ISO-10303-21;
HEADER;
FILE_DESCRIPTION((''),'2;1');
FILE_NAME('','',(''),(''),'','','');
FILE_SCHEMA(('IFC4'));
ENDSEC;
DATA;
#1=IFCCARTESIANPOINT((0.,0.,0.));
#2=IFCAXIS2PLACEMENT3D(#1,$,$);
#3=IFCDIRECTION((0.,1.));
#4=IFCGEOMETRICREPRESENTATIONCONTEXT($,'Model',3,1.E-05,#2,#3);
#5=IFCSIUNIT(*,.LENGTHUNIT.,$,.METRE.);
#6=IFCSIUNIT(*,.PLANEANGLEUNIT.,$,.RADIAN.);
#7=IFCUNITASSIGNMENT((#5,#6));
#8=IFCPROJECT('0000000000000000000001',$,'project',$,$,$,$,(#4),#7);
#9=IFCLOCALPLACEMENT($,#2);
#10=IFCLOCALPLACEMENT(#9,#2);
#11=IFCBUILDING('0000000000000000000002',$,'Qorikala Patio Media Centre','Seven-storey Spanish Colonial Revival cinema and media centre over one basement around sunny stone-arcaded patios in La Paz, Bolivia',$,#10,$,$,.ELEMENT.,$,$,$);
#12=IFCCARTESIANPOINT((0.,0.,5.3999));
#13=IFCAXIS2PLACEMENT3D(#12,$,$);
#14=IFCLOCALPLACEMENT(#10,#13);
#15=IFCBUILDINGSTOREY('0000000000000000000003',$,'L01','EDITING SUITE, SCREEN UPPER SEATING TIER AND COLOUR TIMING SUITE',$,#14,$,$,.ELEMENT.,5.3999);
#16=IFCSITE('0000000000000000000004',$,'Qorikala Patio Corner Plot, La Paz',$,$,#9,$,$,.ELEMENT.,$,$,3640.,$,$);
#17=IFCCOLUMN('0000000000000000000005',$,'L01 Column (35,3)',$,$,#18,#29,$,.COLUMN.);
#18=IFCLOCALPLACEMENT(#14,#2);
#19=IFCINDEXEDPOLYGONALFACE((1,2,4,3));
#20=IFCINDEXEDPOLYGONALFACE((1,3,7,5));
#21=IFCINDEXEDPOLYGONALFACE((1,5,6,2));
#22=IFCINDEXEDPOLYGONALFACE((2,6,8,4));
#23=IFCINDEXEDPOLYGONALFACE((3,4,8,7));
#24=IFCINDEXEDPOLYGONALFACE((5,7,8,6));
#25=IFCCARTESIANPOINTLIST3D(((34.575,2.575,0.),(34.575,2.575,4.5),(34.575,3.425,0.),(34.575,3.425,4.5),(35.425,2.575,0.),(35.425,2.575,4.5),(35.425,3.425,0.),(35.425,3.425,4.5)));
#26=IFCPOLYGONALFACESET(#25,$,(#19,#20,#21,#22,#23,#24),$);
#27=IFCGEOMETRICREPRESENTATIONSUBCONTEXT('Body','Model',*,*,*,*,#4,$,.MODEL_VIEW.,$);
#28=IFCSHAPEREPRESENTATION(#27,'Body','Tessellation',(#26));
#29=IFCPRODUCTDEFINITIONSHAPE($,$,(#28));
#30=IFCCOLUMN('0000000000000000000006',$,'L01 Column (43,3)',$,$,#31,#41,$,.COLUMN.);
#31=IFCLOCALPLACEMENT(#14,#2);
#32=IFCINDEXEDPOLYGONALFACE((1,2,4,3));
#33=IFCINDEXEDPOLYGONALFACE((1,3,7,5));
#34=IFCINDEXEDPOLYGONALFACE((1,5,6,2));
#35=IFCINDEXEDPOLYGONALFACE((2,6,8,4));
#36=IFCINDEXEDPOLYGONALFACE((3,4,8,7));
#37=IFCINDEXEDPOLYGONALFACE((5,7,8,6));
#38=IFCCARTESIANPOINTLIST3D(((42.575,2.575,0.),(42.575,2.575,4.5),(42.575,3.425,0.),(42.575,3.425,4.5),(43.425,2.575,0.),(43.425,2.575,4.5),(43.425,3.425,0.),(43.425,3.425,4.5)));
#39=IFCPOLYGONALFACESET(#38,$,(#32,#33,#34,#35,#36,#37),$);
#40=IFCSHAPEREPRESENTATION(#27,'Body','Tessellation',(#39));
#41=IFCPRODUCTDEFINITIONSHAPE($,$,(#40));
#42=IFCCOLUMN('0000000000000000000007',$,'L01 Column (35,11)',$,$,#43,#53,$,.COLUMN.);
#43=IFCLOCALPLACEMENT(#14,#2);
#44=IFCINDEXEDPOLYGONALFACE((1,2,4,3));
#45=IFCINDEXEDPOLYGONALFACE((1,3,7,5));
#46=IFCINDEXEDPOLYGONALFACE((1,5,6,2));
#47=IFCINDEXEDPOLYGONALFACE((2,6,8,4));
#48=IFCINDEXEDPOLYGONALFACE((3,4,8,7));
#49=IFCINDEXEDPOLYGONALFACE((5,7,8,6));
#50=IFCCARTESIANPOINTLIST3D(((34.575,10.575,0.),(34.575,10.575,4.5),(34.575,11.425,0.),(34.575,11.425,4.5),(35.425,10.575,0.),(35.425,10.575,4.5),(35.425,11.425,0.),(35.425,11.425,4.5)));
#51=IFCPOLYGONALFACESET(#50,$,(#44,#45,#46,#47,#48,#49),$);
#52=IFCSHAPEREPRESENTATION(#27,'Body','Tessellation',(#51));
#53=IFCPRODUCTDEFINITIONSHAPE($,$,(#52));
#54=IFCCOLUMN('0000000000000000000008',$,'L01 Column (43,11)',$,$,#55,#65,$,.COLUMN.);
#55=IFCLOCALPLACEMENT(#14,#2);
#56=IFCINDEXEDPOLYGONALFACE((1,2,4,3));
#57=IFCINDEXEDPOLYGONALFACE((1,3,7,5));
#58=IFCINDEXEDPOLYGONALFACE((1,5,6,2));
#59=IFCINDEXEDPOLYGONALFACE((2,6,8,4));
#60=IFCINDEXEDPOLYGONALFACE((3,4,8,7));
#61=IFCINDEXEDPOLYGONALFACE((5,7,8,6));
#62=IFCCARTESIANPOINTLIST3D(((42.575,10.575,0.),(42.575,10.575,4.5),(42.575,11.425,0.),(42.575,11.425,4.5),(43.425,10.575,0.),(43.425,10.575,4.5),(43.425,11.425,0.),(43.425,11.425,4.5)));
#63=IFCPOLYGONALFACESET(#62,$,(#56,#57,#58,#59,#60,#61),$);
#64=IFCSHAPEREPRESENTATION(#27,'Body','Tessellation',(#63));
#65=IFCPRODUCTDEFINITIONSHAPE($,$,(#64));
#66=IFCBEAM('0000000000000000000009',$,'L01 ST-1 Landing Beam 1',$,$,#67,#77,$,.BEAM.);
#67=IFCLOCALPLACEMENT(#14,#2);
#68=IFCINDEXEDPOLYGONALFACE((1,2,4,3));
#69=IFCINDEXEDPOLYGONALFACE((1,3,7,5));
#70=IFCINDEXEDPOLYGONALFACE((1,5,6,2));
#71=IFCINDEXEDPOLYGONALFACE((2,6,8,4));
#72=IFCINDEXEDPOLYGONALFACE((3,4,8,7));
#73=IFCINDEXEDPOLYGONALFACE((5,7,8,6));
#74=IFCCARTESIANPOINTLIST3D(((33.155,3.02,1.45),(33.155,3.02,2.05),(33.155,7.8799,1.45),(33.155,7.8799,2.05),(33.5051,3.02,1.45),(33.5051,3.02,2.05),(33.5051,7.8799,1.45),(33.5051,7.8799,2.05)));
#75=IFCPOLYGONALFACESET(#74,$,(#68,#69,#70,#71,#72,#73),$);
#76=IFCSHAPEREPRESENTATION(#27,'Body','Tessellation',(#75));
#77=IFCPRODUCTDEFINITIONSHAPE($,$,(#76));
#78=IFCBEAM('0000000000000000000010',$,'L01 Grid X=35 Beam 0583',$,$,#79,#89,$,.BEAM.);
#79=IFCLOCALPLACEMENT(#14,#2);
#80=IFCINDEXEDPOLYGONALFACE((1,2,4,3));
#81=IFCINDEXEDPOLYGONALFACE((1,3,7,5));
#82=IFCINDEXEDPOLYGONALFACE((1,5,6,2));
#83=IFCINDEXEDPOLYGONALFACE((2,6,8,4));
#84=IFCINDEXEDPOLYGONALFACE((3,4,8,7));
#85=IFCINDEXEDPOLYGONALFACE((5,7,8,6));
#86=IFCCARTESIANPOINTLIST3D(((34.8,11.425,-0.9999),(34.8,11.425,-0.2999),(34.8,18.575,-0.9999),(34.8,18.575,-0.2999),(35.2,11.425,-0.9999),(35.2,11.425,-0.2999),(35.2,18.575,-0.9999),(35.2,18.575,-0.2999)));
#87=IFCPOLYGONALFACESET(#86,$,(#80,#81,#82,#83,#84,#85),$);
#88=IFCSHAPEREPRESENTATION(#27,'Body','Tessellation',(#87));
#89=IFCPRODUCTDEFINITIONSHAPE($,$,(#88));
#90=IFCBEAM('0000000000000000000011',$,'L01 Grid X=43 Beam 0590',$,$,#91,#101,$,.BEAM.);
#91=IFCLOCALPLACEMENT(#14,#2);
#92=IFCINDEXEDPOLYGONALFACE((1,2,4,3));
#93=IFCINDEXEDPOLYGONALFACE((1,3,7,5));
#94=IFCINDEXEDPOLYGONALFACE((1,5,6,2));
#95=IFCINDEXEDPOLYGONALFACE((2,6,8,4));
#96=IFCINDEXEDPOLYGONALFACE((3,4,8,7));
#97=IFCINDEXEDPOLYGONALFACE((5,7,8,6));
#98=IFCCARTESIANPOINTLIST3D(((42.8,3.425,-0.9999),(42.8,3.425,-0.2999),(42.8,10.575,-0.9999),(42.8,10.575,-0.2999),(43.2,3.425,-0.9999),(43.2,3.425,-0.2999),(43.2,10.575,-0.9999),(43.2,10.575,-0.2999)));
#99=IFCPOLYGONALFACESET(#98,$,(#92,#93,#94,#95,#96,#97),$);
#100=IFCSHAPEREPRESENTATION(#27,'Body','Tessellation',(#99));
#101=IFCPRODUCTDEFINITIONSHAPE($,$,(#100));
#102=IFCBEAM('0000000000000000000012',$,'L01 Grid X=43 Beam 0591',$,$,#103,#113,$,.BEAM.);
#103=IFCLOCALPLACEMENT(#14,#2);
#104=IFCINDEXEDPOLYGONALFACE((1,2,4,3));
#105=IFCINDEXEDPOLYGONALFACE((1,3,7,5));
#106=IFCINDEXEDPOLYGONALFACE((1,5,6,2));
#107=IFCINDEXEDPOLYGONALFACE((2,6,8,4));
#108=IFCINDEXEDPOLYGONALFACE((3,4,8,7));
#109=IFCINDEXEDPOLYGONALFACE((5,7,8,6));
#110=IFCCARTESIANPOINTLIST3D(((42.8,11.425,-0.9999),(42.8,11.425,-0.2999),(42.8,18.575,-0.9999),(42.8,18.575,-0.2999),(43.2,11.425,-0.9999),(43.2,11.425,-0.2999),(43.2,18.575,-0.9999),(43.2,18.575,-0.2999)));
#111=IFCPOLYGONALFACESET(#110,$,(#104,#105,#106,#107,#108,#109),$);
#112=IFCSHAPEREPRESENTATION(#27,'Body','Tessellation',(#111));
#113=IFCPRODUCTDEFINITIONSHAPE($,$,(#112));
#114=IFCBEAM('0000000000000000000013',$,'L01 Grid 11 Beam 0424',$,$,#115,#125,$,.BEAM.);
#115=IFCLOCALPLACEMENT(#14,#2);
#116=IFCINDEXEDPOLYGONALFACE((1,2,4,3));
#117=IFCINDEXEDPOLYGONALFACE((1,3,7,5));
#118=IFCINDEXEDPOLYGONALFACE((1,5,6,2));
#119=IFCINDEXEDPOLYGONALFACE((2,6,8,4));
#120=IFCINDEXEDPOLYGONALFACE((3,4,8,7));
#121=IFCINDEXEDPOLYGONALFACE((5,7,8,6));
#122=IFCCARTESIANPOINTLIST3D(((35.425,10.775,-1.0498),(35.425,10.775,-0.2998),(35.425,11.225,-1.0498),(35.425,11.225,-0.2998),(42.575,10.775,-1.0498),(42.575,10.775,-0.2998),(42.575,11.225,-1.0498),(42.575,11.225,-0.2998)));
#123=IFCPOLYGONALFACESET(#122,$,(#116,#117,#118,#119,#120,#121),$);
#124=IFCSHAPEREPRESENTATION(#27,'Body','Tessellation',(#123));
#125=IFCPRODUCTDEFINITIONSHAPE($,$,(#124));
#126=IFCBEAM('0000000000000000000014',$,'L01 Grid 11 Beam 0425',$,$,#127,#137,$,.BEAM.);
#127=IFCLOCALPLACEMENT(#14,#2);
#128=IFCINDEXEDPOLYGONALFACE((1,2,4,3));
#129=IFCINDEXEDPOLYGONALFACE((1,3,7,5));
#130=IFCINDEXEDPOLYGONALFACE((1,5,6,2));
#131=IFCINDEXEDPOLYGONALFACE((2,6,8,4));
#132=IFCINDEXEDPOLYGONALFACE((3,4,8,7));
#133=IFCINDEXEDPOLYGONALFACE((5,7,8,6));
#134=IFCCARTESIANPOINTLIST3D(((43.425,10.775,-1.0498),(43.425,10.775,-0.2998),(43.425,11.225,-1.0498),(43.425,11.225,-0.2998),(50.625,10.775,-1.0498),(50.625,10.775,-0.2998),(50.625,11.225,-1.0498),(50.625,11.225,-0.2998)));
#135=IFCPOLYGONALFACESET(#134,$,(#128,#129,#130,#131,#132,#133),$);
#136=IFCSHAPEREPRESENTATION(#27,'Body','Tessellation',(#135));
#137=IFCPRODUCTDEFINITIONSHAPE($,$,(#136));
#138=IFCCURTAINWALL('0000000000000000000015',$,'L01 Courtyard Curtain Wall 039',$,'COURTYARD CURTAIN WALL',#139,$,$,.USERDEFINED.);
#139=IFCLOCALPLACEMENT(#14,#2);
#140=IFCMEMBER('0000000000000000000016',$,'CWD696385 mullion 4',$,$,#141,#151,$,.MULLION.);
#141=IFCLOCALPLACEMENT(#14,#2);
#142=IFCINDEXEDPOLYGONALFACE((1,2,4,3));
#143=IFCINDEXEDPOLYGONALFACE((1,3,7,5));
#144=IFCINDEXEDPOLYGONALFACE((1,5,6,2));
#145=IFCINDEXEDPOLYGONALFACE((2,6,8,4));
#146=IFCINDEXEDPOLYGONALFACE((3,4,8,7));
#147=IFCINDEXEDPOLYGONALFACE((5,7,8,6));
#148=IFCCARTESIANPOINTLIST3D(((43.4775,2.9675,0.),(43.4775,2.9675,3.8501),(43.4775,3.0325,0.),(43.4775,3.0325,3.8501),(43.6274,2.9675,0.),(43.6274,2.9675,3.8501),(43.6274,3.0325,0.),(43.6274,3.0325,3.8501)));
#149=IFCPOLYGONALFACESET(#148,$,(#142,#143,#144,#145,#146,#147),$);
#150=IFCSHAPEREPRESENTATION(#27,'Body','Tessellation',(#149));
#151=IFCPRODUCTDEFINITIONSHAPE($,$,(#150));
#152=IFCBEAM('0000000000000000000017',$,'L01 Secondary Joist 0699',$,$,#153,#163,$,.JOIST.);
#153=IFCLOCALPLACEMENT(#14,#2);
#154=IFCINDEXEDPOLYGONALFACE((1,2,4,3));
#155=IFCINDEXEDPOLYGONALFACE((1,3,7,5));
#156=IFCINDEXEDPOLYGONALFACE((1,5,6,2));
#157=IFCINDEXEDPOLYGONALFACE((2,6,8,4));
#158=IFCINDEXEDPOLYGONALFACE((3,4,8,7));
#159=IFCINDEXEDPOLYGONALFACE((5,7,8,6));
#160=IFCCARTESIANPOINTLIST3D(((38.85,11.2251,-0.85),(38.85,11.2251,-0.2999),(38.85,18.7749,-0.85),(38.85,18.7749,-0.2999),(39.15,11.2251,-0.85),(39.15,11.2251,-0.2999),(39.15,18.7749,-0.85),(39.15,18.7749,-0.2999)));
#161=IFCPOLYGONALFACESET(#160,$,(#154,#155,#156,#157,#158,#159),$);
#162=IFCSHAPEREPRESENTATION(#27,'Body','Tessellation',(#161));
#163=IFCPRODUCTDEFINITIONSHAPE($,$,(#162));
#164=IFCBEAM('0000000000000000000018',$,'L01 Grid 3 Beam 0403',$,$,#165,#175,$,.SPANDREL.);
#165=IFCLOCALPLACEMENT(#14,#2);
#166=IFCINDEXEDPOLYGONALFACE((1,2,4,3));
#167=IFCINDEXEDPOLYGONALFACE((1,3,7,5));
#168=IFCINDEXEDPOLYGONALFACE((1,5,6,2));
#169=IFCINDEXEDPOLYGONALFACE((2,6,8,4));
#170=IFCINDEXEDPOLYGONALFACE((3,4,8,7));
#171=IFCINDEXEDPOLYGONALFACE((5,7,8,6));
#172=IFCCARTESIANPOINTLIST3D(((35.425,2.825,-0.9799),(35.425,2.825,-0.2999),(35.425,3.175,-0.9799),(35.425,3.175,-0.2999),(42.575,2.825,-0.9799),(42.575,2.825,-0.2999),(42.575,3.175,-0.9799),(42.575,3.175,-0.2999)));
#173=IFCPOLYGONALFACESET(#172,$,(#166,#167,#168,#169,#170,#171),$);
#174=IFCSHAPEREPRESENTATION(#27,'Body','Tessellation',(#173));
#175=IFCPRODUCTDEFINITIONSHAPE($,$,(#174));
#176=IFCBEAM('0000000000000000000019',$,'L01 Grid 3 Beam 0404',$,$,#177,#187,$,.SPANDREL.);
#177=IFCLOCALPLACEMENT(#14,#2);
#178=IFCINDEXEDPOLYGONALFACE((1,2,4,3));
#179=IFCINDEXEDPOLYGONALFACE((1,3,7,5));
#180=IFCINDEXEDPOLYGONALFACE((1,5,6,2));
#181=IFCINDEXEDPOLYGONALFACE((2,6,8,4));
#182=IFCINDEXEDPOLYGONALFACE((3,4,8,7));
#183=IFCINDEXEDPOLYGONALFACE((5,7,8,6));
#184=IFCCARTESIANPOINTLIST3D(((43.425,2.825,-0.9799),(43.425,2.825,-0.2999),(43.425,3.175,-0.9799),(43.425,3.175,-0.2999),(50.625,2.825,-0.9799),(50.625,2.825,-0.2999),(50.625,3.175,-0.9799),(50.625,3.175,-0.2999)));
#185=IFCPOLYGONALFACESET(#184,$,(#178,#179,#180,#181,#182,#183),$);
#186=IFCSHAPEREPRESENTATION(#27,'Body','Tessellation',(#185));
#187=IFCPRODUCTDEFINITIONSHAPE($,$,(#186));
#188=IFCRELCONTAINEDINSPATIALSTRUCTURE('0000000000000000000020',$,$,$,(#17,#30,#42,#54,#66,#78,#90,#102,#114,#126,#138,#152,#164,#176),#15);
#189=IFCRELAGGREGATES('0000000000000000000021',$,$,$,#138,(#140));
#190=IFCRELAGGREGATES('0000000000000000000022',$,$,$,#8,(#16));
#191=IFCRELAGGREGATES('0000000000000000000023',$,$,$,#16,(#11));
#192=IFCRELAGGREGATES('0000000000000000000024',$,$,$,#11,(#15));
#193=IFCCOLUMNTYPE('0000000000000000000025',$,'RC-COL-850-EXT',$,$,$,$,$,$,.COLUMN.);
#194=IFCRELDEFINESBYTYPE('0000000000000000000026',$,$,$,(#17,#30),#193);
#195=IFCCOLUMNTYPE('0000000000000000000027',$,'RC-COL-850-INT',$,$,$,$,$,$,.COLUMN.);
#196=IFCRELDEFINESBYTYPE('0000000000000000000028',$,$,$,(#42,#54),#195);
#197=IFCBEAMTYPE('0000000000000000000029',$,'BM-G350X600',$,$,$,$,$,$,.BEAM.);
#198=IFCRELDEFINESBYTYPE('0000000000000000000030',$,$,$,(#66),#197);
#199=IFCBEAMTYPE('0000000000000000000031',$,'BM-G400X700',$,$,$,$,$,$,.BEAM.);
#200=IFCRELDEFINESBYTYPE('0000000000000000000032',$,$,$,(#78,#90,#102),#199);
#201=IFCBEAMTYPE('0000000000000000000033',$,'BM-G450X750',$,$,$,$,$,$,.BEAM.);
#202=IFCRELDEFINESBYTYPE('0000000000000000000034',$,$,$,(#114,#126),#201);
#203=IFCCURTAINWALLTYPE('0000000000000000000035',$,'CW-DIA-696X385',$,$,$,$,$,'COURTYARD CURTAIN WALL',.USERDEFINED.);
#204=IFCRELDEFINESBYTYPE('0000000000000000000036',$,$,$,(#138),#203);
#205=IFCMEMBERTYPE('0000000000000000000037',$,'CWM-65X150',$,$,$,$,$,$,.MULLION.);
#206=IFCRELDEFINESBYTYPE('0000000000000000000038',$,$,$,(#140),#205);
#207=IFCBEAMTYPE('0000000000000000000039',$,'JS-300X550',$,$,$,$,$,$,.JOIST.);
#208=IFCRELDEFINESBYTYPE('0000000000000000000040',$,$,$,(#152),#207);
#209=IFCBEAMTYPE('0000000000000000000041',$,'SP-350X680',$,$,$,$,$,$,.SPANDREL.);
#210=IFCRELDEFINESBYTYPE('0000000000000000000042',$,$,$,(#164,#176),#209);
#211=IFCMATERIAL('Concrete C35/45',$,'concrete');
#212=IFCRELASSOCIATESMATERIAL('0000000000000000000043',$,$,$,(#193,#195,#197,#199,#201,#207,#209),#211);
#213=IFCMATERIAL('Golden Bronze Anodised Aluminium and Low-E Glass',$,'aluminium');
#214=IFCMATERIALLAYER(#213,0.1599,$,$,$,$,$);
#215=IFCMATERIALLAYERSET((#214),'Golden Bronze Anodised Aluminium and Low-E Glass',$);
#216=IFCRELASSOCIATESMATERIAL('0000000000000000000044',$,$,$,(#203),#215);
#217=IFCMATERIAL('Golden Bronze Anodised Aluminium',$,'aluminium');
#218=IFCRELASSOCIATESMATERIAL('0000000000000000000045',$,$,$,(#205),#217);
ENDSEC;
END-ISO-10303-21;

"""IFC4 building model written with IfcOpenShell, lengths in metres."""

from ifc_helpers import new_model, si_unit, direction, frame, origin, origin_2d, place, context, subcontext, project, spatial, rectangle, extrude, material, layer, layer_set, material_profile, profile_set, type_object, element, aggregate, save


model = new_model("IFC4")

# Units and contexts
model_context = context("Model", 3, precision=1e-05, world=origin(), true_north=direction((0.0, 1.0)))
body_context = subcontext(model_context, "Body", "Model", "MODEL_VIEW")
ifc_project = project(units=[si_unit("LENGTHUNIT", "METRE"), si_unit("PLANEANGLEUNIT", "RADIAN")], contexts=[model_context])

# Site, building, storey
site_placement = place(None, origin())
site = spatial("IfcSite", under=ifc_project, at=site_placement, Name="Qorikala Patio Corner Plot, La Paz", CompositionType="ELEMENT", RefElevation=3640.0)
building_placement = place(site_placement, origin())
building = spatial("IfcBuilding", under=site, at=building_placement, Name="Qorikala Patio Media Centre", Description="Seven-storey Spanish Colonial Revival cinema and media centre over one basement around sunny stone-arcaded patios in La Paz, Bolivia", CompositionType="ELEMENT")
storey_placement = place(building_placement, frame((0.0, 0.0, 5.3999)))
storey = spatial("IfcBuildingStorey", under=building, at=storey_placement, Name="L01", Description="EDITING SUITE, SCREEN UPPER SEATING TIER AND COLOUR TIMING SUITE", CompositionType="ELEMENT", Elevation=5.3999)

# Columns
ifc_material_1 = material(Name="Concrete C35/45", Category="concrete")
ifc_material_profile_1 = material_profile(ifc_material_1, rectangle(XDim=0.8501, YDim=0.8501, at=origin_2d()), Name="RC 850x850")
ifc_profile_set_1 = profile_set([ifc_material_profile_1], Name="Concrete C35/45")
column_type_1 = type_object("IfcColumnType", Name="RC-COL-850-EXT", PredefinedType="COLUMN", material=ifc_profile_set_1)
for number, where, z_axis, x_axis, name in (
    (1, (35.0, 3.0, 0.0), (0.0, 0.0, 1.0), (1.0, 0.0, 0.0), "L01 Column (35,3)"),
    (2, (43.0, 3.0, 0.0), (0.0, 0.0, 1.0), (1.0, 0.0, 0.0), "L01 Column (43,3)"),
):
    element("IfcColumn", number, at=place(storey_placement, frame(where, z_axis=z_axis, x_axis=x_axis)), inside=storey, type_object=column_type_1, Name=name, PredefinedType="COLUMN", context=body_context, shape_type="SweptSolid", body=[
        extrude(rectangle(XDim=0.8501, YDim=0.8501, at=origin_2d()), origin(), (0.0, 0.0, 1.0), 4.5),
    ])
ifc_material_profile_2 = material_profile(ifc_material_1, rectangle(XDim=0.8501, YDim=0.8501, at=origin_2d()), Name="RC 850x850")
ifc_profile_set_2 = profile_set([ifc_material_profile_2], Name="Concrete C35/45")
column_type_2 = type_object("IfcColumnType", Name="RC-COL-850-INT", PredefinedType="COLUMN", material=ifc_profile_set_2)
for number, where, z_axis, x_axis, name in (
    (3, (35.0, 11.0, 0.0), (0.0, 0.0, 1.0), (1.0, 0.0, 0.0), "L01 Column (35,11)"),
    (4, (43.0, 11.0, 0.0), (0.0, 0.0, 1.0), (1.0, 0.0, 0.0), "L01 Column (43,11)"),
):
    element("IfcColumn", number, at=place(storey_placement, frame(where, z_axis=z_axis, x_axis=x_axis)), inside=storey, type_object=column_type_2, Name=name, PredefinedType="COLUMN", context=body_context, shape_type="SweptSolid", body=[
        extrude(rectangle(XDim=0.8501, YDim=0.8501, at=origin_2d()), origin(), (0.0, 0.0, 1.0), 4.5),
    ])

# Beams
ifc_material_profile_3 = material_profile(ifc_material_1, rectangle(XDim=0.3501, YDim=0.6001, at=origin_2d()), Name="RC 350x600")
ifc_profile_set_3 = profile_set([ifc_material_profile_3], Name="Concrete C35/45")
beam_type_1 = type_object("IfcBeamType", Name="BM-G350X600", PredefinedType="BEAM", material=ifc_profile_set_3)
beam_1_placement = place(storey_placement, frame((33.3301, 3.02, 1.75), z_axis=(0.0, 1.0, 0.0), x_axis=(-1.0, 0.0, 0.0)))
element("IfcBeam", 5, at=beam_1_placement, inside=storey, type_object=beam_type_1, Name="L01 ST-1 Landing Beam 1", PredefinedType="BEAM", context=body_context, shape_type="SweptSolid", body=[
    extrude(rectangle(XDim=0.3501, YDim=0.6001, at=origin_2d()), origin(), (0.0, 0.0, 1.0), 4.8599),
])
ifc_material_profile_4 = material_profile(ifc_material_1, rectangle(XDim=0.3999, YDim=0.7, at=origin_2d()), Name="RC 400x700")
ifc_profile_set_4 = profile_set([ifc_material_profile_4], Name="Concrete C35/45")
beam_type_2 = type_object("IfcBeamType", Name="BM-G400X700", PredefinedType="BEAM", material=ifc_profile_set_4)
for number, where, z_axis, x_axis, name in (
    (6, (35.0, 11.425, -0.6499), (0.0, 1.0, 0.0), (-1.0, 0.0, 0.0), "L01 Grid X=35 Beam 0583"),
    (7, (43.0, 3.425, -0.6499), (0.0, 1.0, 0.0), (-1.0, 0.0, 0.0), "L01 Grid X=43 Beam 0590"),
    (8, (43.0, 11.425, -0.6499), (0.0, 1.0, 0.0), (-1.0, 0.0, 0.0), "L01 Grid X=43 Beam 0591"),
):
    element("IfcBeam", number, at=place(storey_placement, frame(where, z_axis=z_axis, x_axis=x_axis)), inside=storey, type_object=beam_type_2, Name=name, PredefinedType="BEAM", context=body_context, shape_type="SweptSolid", body=[
        extrude(rectangle(XDim=0.3999, YDim=0.7, at=origin_2d()), origin(), (0.0, 0.0, 1.0), 7.1499),
    ])
ifc_material_profile_5 = material_profile(ifc_material_1, rectangle(XDim=0.45, YDim=0.75, at=origin_2d()), Name="RC 450x750")
ifc_profile_set_5 = profile_set([ifc_material_profile_5], Name="Concrete C35/45")
beam_type_3 = type_object("IfcBeamType", Name="BM-G450X750", PredefinedType="BEAM", material=ifc_profile_set_5)
beam_2_placement = place(storey_placement, frame((35.425, 11.0, -0.6748), z_axis=(1.0, 0.0, 0.0), x_axis=(0.0, 1.0, 0.0)))
element("IfcBeam", 9, at=beam_2_placement, inside=storey, type_object=beam_type_3, Name="L01 Grid 11 Beam 0424", PredefinedType="BEAM", context=body_context, shape_type="SweptSolid", body=[
    extrude(rectangle(XDim=0.45, YDim=0.75, at=origin_2d()), origin(), (0.0, 0.0, 1.0), 7.1499),
])
beam_3_placement = place(storey_placement, frame((43.425, 11.0, -0.6748), z_axis=(1.0, 0.0, 0.0), x_axis=(0.0, 1.0, 0.0)))
element("IfcBeam", 10, at=beam_3_placement, inside=storey, type_object=beam_type_3, Name="L01 Grid 11 Beam 0425", PredefinedType="BEAM", context=body_context, shape_type="SweptSolid", body=[
    extrude(rectangle(XDim=0.45, YDim=0.75, at=origin_2d()), origin(), (0.0, 0.0, 1.0), 7.2),
])

# Curtain wall, member
ifc_material_2 = material(Name="Golden Bronze Anodised Aluminium and Low-E Glass", Category="aluminium")
ifc_layer_1 = layer(ifc_material_2, 0.1599)
ifc_layer_set_1 = layer_set([ifc_layer_1], Name="Golden Bronze Anodised Aluminium and Low-E Glass")
curtain_wall_type = type_object("IfcCurtainWallType", Name="CW-DIA-696X385", ElementType="COURTYARD CURTAIN WALL", PredefinedType="USERDEFINED", material=ifc_layer_set_1)
curtain_wall_placement = place(storey_placement, origin())
curtain_wall = element("IfcCurtainWall", 11, at=curtain_wall_placement, inside=storey, type_object=curtain_wall_type, Name="L01 Courtyard Curtain Wall 039", ObjectType="COURTYARD CURTAIN WALL", PredefinedType="USERDEFINED")
ifc_material_3 = material(Name="Golden Bronze Anodised Aluminium", Category="aluminium")
ifc_material_profile_6 = material_profile(ifc_material_3, rectangle(XDim=0.0649, YDim=0.1499, at=origin_2d()), Name="ALU MULLION 65x150")
ifc_profile_set_6 = profile_set([ifc_material_profile_6], Name="Golden Bronze Anodised Aluminium")
member_type_1 = type_object("IfcMemberType", Name="CWM-65X150", PredefinedType="MULLION", material=ifc_profile_set_6)
member_1_placement = place(storey_placement, frame((43.5525, 3.0, 0.0), z_axis=(0.0, 0.0, 1.0), x_axis=(0.0, -1.0, 0.0)))
member_1 = element("IfcMember", 12, at=member_1_placement, type_object=member_type_1, Name="CWD696385 mullion 4", PredefinedType="MULLION", context=body_context, shape_type="SweptSolid", body=[
    extrude(rectangle(XDim=0.0649, YDim=0.1499, at=origin_2d()), origin(), (0.0, 0.0, 1.0), 3.8501),
])
aggregate(curtain_wall, [member_1])

# Beams
ifc_material_profile_7 = material_profile(ifc_material_1, rectangle(XDim=0.3, YDim=0.55, at=origin_2d()), Name="RC 300x550")
ifc_profile_set_7 = profile_set([ifc_material_profile_7], Name="Concrete C35/45")
beam_type_4 = type_object("IfcBeamType", Name="JS-300X550", PredefinedType="JOIST", material=ifc_profile_set_7)
beam_4_placement = place(storey_placement, frame((39.0, 11.2251, -0.575), z_axis=(0.0, 1.0, 0.0), x_axis=(-1.0, 0.0, 0.0)))
element("IfcBeam", 13, at=beam_4_placement, inside=storey, type_object=beam_type_4, Name="L01 Secondary Joist 0699", PredefinedType="JOIST", context=body_context, shape_type="SweptSolid", body=[
    extrude(rectangle(XDim=0.3, YDim=0.55, at=origin_2d()), origin(), (0.0, 0.0, 1.0), 7.5498),
])
ifc_material_profile_8 = material_profile(ifc_material_1, rectangle(XDim=0.3501, YDim=0.6799, at=origin_2d()), Name="RC 350x680")
ifc_profile_set_8 = profile_set([ifc_material_profile_8], Name="Concrete C35/45")
beam_type_5 = type_object("IfcBeamType", Name="SP-350X680", PredefinedType="SPANDREL", material=ifc_profile_set_8)
beam_5_placement = place(storey_placement, frame((35.425, 3.0, -0.6399), z_axis=(1.0, 0.0, 0.0), x_axis=(0.0, 1.0, 0.0)))
element("IfcBeam", 14, at=beam_5_placement, inside=storey, type_object=beam_type_5, Name="L01 Grid 3 Beam 0403", PredefinedType="SPANDREL", context=body_context, shape_type="SweptSolid", body=[
    extrude(rectangle(XDim=0.3501, YDim=0.6799, at=origin_2d()), origin(), (0.0, 0.0, 1.0), 7.1499),
])
beam_6_placement = place(storey_placement, frame((43.425, 3.0, -0.6399), z_axis=(1.0, 0.0, 0.0), x_axis=(0.0, 1.0, 0.0)))
element("IfcBeam", 15, at=beam_6_placement, inside=storey, type_object=beam_type_5, Name="L01 Grid 3 Beam 0404", PredefinedType="SPANDREL", context=body_context, shape_type="SweptSolid", body=[
    extrude(rectangle(XDim=0.3501, YDim=0.6799, at=origin_2d()), origin(), (0.0, 0.0, 1.0), 7.2),
])

save(model, "model.ifc")
